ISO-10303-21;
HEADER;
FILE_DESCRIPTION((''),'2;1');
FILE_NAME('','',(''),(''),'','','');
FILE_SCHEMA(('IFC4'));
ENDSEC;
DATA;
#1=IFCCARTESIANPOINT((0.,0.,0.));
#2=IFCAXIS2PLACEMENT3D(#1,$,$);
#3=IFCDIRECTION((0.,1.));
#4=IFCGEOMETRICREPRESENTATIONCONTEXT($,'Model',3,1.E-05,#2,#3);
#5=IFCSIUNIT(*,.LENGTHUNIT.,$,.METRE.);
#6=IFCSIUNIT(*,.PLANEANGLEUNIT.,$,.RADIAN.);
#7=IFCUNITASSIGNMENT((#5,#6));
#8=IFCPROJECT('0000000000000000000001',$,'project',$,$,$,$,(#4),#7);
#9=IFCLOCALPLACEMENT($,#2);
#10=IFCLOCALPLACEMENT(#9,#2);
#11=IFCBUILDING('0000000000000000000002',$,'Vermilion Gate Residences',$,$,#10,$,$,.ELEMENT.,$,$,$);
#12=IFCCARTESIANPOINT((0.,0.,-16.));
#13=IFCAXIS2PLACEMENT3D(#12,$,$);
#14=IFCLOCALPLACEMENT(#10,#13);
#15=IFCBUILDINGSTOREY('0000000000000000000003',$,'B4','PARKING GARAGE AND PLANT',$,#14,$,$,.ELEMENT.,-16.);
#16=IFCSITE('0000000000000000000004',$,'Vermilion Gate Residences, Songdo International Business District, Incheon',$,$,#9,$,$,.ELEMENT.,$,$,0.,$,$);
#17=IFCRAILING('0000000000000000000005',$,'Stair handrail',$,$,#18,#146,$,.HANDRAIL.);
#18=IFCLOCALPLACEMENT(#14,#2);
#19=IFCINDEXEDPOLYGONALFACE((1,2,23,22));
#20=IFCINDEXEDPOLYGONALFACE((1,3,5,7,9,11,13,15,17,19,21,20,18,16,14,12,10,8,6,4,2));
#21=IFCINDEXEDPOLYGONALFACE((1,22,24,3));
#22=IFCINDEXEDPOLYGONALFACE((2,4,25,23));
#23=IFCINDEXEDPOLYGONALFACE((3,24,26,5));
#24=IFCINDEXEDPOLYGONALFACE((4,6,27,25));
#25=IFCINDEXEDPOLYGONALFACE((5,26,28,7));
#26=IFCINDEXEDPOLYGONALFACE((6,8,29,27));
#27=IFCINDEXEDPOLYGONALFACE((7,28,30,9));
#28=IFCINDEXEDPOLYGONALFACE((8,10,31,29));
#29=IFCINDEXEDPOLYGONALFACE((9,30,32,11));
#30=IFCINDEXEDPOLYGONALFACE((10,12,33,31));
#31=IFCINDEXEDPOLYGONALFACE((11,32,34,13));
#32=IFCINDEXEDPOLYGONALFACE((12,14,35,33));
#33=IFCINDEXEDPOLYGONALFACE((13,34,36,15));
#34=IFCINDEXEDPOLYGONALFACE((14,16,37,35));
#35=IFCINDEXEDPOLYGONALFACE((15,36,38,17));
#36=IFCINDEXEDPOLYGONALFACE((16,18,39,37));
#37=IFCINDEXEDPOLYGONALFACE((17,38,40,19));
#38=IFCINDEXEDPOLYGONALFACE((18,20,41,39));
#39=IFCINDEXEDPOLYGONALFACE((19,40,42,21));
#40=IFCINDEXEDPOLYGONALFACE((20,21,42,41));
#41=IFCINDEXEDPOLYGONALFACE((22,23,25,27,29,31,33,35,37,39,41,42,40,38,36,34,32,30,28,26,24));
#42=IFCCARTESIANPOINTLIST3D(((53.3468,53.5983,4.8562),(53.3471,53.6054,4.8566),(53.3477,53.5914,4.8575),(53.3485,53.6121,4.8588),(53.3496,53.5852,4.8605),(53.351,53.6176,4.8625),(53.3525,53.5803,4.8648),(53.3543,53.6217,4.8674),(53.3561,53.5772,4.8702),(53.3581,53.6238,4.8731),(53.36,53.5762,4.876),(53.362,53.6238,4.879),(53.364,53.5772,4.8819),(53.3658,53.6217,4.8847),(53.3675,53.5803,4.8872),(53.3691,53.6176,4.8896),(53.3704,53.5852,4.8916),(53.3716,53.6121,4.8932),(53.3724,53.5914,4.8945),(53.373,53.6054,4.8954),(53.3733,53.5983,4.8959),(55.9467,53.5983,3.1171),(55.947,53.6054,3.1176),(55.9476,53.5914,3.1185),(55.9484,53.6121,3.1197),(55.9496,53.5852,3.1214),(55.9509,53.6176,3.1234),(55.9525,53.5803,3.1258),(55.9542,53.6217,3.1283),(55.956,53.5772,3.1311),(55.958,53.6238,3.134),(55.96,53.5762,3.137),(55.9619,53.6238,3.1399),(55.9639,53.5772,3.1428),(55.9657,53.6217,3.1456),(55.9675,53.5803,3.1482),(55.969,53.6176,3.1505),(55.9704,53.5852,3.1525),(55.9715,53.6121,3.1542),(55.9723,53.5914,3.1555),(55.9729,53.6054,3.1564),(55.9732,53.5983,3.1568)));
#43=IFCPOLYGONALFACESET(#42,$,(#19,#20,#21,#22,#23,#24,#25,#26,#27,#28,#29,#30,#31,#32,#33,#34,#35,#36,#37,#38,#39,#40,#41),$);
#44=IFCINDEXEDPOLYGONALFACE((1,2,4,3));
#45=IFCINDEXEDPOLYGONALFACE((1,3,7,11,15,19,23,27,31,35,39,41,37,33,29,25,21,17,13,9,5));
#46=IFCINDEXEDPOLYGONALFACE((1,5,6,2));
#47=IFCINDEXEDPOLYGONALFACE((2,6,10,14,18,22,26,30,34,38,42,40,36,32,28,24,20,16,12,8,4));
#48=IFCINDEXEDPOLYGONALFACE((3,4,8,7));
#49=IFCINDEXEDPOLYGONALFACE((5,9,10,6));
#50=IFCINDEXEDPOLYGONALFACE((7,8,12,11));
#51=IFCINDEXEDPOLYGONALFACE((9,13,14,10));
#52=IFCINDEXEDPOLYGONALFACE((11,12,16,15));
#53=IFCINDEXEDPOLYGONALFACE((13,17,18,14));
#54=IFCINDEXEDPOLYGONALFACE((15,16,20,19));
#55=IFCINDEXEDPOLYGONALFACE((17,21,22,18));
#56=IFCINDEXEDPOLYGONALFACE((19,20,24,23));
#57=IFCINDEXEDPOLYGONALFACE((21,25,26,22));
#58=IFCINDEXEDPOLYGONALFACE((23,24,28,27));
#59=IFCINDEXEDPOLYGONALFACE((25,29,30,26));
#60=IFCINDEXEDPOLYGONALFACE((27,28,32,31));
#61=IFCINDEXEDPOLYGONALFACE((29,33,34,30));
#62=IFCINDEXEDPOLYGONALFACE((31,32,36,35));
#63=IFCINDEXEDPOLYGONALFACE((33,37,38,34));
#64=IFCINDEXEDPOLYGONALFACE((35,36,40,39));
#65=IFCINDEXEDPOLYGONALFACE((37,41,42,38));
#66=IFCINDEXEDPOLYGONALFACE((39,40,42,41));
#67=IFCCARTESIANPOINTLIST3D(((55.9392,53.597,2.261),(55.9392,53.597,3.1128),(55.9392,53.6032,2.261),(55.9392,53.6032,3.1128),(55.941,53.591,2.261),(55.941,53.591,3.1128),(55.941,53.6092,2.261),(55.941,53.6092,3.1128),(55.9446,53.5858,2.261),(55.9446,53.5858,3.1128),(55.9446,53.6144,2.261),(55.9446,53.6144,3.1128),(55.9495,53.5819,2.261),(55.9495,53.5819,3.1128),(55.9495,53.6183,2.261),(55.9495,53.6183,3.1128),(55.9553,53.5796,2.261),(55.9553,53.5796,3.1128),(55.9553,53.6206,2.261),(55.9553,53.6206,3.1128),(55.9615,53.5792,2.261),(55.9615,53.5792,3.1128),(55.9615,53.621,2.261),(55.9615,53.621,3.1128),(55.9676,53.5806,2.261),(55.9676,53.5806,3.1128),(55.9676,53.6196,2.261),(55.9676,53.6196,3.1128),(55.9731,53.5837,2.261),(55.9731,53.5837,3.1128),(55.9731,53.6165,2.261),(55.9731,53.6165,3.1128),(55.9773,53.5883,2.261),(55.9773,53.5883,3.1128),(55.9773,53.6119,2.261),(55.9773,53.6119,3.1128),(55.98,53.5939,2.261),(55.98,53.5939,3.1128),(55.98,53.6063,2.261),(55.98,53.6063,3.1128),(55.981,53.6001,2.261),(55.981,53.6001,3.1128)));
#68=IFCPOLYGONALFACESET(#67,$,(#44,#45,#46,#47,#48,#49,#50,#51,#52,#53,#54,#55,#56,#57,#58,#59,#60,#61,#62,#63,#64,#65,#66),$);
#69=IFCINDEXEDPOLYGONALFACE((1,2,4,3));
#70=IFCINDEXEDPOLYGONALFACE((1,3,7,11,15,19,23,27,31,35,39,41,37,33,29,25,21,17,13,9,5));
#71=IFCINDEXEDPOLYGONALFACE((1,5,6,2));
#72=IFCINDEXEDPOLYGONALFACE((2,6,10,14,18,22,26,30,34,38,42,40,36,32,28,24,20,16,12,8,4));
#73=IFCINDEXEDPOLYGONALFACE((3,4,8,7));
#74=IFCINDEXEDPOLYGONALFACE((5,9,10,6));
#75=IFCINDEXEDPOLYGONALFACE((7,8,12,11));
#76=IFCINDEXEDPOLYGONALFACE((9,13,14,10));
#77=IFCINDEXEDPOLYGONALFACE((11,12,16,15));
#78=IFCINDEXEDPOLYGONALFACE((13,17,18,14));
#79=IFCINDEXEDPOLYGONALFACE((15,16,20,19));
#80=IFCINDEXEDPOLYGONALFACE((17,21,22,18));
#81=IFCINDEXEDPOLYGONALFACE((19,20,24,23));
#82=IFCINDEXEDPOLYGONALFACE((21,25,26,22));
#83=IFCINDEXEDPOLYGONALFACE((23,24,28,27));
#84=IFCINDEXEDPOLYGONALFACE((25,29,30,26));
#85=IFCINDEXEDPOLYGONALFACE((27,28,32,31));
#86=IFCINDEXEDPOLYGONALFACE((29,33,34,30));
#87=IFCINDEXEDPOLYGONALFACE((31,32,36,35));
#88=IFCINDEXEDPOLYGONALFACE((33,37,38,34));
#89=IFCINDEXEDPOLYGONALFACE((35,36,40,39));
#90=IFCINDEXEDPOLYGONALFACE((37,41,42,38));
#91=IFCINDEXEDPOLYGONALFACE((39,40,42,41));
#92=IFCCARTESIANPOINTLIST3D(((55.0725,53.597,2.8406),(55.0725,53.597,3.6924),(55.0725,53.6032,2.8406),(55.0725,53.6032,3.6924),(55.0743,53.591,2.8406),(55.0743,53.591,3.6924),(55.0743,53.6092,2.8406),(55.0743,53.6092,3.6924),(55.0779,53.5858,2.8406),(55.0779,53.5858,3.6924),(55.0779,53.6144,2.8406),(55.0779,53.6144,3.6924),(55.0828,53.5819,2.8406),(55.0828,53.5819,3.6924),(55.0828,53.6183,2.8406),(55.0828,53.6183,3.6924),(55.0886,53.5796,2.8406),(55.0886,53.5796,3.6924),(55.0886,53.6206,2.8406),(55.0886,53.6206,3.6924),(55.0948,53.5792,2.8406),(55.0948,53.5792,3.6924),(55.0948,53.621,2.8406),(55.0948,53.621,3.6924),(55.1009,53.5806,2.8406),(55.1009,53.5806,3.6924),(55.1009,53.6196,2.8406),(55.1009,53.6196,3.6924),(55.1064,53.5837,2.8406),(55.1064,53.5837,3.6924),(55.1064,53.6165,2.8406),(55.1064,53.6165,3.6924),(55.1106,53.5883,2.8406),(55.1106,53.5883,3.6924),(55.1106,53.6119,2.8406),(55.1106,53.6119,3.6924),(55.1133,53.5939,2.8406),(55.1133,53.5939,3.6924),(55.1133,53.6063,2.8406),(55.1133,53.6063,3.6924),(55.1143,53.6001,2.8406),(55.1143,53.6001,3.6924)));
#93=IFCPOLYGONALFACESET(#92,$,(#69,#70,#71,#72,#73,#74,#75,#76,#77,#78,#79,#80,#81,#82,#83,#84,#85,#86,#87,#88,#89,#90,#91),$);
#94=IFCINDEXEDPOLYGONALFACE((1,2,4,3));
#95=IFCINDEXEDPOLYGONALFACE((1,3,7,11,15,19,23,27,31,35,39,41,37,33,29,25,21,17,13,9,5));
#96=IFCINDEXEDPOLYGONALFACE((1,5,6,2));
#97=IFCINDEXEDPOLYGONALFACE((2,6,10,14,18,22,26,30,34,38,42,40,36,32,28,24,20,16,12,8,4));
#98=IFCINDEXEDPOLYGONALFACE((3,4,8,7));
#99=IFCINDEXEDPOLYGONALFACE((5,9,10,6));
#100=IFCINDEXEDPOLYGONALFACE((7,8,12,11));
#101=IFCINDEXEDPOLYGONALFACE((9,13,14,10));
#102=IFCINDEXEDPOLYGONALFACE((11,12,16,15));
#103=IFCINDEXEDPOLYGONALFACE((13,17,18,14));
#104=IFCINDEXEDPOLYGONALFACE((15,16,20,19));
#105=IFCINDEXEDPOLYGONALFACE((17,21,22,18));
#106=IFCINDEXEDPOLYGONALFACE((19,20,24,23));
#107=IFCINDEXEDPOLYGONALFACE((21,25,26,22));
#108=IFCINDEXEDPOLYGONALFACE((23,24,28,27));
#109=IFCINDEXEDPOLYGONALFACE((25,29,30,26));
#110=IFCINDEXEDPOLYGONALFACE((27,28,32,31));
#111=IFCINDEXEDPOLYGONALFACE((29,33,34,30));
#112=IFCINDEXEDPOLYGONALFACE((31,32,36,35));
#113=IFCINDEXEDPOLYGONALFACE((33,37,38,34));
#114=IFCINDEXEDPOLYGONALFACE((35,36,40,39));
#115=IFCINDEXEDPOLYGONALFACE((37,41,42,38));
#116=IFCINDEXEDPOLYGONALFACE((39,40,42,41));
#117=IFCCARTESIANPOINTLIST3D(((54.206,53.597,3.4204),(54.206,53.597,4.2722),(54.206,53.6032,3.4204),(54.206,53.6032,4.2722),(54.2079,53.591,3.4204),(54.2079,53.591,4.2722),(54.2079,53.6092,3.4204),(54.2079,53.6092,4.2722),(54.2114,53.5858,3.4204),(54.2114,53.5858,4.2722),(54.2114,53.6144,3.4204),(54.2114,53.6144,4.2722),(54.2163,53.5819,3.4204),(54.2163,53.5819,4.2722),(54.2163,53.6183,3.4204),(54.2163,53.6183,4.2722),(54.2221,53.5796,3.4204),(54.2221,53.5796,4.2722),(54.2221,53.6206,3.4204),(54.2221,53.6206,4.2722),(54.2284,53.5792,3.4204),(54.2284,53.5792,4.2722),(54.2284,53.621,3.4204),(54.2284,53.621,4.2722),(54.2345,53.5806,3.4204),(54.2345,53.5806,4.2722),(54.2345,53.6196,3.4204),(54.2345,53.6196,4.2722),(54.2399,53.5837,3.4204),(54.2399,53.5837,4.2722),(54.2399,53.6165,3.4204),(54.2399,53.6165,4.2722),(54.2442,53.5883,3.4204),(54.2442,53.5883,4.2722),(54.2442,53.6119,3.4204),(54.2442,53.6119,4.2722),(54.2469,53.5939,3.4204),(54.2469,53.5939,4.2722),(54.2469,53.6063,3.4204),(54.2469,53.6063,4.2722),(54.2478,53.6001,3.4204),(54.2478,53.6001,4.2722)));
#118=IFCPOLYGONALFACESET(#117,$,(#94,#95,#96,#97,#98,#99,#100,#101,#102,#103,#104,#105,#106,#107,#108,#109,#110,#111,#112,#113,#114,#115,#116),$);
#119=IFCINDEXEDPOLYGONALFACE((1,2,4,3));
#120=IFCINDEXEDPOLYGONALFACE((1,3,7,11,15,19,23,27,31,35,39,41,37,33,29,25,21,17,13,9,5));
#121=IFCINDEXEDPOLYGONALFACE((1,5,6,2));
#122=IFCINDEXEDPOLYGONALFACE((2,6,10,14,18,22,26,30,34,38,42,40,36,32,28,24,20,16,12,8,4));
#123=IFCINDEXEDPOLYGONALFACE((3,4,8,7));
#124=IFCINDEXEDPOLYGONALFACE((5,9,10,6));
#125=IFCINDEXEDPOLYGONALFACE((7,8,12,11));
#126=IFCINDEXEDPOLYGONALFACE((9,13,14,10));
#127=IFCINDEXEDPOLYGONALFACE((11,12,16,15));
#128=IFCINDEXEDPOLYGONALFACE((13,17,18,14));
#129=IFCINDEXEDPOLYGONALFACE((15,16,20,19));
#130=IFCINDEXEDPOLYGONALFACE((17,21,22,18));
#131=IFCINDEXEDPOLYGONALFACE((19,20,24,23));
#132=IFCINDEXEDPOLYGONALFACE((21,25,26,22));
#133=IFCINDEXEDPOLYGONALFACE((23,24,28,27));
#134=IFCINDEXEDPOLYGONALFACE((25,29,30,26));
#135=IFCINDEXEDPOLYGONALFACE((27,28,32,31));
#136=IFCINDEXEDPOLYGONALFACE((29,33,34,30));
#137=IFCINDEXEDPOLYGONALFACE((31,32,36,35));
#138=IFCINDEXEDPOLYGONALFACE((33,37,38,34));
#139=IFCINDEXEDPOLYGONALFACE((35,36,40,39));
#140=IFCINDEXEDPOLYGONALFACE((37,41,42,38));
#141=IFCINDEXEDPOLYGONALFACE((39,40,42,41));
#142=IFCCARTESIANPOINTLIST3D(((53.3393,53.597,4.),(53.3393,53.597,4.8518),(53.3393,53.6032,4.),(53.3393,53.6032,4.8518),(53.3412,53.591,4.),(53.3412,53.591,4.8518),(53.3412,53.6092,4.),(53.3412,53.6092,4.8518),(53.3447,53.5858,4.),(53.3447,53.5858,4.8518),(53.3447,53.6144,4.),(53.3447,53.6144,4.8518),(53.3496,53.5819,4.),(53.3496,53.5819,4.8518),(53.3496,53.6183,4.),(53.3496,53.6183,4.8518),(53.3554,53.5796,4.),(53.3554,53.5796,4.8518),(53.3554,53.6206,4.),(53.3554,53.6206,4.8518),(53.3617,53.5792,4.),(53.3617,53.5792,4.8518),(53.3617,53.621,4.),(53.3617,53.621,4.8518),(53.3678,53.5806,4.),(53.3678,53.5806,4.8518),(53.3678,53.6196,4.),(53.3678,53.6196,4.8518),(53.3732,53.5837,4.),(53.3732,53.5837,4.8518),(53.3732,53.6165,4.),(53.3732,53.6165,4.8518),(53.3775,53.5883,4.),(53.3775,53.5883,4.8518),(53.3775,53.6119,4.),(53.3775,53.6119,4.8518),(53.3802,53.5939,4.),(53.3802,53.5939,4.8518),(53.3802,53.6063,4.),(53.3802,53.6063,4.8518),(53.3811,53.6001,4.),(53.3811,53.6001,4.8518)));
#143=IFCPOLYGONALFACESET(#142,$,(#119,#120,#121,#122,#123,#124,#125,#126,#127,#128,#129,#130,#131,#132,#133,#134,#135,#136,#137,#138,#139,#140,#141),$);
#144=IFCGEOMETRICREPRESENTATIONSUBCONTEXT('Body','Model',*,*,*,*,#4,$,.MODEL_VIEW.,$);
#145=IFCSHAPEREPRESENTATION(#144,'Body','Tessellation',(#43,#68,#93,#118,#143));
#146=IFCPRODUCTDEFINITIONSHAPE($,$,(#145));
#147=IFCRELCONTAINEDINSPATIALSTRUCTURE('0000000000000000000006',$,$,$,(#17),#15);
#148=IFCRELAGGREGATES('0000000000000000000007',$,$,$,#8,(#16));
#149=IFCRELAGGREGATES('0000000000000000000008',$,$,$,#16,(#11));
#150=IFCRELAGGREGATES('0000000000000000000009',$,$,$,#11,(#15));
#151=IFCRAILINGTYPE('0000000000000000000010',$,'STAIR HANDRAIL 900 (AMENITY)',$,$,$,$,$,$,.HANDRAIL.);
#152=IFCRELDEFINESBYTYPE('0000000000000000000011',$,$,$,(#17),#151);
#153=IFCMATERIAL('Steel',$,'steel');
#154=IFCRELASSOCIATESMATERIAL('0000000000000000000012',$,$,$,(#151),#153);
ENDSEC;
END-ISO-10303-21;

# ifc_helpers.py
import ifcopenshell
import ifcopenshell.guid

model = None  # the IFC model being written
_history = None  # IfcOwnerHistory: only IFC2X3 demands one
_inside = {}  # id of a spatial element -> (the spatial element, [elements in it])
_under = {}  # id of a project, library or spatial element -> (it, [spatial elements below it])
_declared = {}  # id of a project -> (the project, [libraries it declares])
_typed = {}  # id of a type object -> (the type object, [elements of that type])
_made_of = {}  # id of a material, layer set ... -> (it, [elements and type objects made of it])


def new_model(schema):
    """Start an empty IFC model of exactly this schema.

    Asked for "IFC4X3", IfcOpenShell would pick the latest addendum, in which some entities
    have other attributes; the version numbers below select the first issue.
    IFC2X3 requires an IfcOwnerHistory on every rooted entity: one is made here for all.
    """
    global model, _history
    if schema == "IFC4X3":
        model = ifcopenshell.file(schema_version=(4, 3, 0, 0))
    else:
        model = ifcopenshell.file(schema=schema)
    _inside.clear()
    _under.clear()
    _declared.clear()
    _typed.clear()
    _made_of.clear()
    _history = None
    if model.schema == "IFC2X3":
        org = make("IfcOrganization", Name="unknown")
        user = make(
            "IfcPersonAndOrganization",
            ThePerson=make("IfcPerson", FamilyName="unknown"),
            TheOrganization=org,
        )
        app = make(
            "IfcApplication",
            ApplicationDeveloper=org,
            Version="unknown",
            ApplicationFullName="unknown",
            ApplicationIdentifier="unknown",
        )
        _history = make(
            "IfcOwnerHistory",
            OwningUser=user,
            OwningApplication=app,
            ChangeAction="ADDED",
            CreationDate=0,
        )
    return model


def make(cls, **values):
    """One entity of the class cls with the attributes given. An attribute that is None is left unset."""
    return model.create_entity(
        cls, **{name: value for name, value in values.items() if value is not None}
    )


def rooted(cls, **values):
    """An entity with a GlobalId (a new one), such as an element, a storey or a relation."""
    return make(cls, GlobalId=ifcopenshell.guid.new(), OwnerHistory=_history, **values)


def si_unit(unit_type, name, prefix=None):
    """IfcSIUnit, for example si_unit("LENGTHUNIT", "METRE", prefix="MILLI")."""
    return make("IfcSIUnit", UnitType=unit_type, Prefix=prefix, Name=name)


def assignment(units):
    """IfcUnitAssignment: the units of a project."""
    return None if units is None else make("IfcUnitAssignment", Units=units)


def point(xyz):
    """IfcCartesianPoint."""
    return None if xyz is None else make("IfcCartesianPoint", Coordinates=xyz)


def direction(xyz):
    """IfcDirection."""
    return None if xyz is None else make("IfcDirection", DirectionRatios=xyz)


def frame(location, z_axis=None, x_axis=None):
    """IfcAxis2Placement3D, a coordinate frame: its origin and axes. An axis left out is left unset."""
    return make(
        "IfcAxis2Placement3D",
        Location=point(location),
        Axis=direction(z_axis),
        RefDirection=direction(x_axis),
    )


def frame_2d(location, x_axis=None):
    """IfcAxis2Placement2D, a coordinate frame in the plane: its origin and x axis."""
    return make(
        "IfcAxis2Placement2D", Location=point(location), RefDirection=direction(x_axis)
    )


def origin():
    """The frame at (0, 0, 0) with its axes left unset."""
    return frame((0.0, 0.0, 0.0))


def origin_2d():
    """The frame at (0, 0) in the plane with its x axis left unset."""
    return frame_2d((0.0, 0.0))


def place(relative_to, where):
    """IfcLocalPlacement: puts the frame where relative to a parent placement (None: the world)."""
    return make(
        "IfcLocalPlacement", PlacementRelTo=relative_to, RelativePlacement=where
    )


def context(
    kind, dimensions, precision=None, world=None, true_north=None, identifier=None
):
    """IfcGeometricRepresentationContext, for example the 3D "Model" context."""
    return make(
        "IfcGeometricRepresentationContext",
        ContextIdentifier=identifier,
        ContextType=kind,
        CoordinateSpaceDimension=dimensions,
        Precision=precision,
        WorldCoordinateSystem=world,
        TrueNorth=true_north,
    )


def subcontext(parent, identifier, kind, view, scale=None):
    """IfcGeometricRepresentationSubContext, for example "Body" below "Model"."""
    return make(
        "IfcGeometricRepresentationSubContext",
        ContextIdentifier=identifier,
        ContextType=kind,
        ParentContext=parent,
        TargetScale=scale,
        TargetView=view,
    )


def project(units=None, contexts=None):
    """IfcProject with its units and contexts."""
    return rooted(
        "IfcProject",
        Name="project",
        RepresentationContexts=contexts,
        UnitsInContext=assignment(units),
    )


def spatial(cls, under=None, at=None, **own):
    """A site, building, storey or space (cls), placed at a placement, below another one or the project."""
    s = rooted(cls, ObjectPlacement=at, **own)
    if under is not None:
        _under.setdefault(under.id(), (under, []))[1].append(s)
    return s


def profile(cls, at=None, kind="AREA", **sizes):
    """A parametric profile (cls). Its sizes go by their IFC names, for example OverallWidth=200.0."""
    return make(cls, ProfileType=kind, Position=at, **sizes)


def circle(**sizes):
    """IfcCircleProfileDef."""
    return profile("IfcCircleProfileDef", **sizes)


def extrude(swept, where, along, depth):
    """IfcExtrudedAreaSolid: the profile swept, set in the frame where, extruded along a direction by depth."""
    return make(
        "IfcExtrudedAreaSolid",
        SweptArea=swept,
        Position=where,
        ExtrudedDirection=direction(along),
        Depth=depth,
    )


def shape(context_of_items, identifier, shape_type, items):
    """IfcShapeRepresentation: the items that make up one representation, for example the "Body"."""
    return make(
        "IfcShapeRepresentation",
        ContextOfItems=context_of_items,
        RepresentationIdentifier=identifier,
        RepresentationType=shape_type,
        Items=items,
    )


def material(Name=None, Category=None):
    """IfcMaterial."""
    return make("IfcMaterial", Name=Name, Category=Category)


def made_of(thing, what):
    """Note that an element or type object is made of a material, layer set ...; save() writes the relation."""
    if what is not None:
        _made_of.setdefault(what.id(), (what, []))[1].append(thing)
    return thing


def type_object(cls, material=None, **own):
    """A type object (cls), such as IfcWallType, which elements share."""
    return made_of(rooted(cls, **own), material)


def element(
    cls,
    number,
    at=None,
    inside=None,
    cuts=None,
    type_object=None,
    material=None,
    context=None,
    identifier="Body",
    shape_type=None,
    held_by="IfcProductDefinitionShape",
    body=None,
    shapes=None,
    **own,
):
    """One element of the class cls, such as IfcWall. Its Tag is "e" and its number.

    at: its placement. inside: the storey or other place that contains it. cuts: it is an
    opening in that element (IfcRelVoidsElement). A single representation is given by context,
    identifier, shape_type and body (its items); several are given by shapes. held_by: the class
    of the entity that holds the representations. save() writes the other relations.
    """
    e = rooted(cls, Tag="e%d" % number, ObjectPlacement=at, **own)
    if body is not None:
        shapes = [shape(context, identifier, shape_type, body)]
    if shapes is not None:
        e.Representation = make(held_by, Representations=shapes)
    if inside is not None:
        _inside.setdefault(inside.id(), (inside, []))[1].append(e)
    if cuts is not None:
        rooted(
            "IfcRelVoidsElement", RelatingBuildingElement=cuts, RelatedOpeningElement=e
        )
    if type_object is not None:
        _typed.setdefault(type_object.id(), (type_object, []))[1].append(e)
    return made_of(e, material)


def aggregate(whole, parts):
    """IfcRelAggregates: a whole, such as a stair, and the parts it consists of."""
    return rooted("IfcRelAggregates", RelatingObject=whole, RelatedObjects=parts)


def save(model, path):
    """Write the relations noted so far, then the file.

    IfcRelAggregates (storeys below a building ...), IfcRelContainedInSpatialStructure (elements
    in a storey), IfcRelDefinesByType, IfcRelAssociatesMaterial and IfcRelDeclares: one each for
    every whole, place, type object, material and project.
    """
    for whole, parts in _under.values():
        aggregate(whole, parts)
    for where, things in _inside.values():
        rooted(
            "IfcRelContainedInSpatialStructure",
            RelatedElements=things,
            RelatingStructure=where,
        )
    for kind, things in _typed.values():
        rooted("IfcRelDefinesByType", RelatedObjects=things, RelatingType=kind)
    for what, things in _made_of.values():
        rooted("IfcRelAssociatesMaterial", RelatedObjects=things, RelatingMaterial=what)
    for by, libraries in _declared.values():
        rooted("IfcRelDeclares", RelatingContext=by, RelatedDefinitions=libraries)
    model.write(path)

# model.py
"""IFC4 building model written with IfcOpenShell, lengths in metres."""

from ifc_helpers import new_model, si_unit, direction, frame, origin, origin_2d, place, context, subcontext, project, spatial, circle, extrude, material, type_object, element, save


model = new_model("IFC4")

# Units and contexts
model_context = context("Model", 3, precision=1e-05, world=origin(), true_north=direction((0.0, 1.0)))
body_context = subcontext(model_context, "Body", "Model", "MODEL_VIEW")
ifc_project = project(units=[si_unit("LENGTHUNIT", "METRE"), si_unit("PLANEANGLEUNIT", "RADIAN")], contexts=[model_context])

# Site, building, storey
site_placement = place(None, origin())
site = spatial("IfcSite", under=ifc_project, at=site_placement, Name="Vermilion Gate Residences, Songdo International Business District, Incheon", CompositionType="ELEMENT", RefElevation=0.0)
building_placement = place(site_placement, origin())
building = spatial("IfcBuilding", under=site, at=building_placement, Name="Vermilion Gate Residences", CompositionType="ELEMENT")
storey_placement = place(building_placement, frame((0.0, 0.0, -16.0)))
storey = spatial("IfcBuildingStorey", under=building, at=storey_placement, Name="B4", Description="PARKING GARAGE AND PLANT", CompositionType="ELEMENT", Elevation=-16.0)

# Railing
ifc_material_1 = material(Name="Steel", Category="steel")
railing_type = type_object("IfcRailingType", Name="STAIR HANDRAIL 900 (AMENITY)", PredefinedType="HANDRAIL", material=ifc_material_1)
railing_placement = place(storey_placement, frame((55.96, 53.6001, 2.261)))
element("IfcRailing", 1, at=railing_placement, inside=storey, type_object=railing_type, Name="Stair handrail", PredefinedType="HANDRAIL", context=body_context, shape_type="SweptSolid", body=[
    extrude(circle(Radius=0.0239, at=origin_2d()), frame((0.0, 0.0, 0.876), z_axis=(-0.831197, 0.0, 0.555978), x_axis=(0.0, -1.0, 0.0)), (0.0, 0.0, 1.0), 3.1279),
    extrude(circle(Radius=0.021, at=origin_2d()), origin(), (0.0, 0.0, 1.0), 0.8518),
    extrude(circle(Radius=0.021, at=origin_2d()), frame((-0.8667, 0.0, 0.5796)), (0.0, 0.0, 1.0), 0.8518),
    extrude(circle(Radius=0.021, at=origin_2d()), frame((-1.7332, 0.0, 1.1594)), (0.0, 0.0, 1.0), 0.8518),
    extrude(circle(Radius=0.021, at=origin_2d()), frame((-2.5999, 0.0, 1.739)), (0.0, 0.0, 1.0), 0.8518),
])

save(model, "model.ifc")
